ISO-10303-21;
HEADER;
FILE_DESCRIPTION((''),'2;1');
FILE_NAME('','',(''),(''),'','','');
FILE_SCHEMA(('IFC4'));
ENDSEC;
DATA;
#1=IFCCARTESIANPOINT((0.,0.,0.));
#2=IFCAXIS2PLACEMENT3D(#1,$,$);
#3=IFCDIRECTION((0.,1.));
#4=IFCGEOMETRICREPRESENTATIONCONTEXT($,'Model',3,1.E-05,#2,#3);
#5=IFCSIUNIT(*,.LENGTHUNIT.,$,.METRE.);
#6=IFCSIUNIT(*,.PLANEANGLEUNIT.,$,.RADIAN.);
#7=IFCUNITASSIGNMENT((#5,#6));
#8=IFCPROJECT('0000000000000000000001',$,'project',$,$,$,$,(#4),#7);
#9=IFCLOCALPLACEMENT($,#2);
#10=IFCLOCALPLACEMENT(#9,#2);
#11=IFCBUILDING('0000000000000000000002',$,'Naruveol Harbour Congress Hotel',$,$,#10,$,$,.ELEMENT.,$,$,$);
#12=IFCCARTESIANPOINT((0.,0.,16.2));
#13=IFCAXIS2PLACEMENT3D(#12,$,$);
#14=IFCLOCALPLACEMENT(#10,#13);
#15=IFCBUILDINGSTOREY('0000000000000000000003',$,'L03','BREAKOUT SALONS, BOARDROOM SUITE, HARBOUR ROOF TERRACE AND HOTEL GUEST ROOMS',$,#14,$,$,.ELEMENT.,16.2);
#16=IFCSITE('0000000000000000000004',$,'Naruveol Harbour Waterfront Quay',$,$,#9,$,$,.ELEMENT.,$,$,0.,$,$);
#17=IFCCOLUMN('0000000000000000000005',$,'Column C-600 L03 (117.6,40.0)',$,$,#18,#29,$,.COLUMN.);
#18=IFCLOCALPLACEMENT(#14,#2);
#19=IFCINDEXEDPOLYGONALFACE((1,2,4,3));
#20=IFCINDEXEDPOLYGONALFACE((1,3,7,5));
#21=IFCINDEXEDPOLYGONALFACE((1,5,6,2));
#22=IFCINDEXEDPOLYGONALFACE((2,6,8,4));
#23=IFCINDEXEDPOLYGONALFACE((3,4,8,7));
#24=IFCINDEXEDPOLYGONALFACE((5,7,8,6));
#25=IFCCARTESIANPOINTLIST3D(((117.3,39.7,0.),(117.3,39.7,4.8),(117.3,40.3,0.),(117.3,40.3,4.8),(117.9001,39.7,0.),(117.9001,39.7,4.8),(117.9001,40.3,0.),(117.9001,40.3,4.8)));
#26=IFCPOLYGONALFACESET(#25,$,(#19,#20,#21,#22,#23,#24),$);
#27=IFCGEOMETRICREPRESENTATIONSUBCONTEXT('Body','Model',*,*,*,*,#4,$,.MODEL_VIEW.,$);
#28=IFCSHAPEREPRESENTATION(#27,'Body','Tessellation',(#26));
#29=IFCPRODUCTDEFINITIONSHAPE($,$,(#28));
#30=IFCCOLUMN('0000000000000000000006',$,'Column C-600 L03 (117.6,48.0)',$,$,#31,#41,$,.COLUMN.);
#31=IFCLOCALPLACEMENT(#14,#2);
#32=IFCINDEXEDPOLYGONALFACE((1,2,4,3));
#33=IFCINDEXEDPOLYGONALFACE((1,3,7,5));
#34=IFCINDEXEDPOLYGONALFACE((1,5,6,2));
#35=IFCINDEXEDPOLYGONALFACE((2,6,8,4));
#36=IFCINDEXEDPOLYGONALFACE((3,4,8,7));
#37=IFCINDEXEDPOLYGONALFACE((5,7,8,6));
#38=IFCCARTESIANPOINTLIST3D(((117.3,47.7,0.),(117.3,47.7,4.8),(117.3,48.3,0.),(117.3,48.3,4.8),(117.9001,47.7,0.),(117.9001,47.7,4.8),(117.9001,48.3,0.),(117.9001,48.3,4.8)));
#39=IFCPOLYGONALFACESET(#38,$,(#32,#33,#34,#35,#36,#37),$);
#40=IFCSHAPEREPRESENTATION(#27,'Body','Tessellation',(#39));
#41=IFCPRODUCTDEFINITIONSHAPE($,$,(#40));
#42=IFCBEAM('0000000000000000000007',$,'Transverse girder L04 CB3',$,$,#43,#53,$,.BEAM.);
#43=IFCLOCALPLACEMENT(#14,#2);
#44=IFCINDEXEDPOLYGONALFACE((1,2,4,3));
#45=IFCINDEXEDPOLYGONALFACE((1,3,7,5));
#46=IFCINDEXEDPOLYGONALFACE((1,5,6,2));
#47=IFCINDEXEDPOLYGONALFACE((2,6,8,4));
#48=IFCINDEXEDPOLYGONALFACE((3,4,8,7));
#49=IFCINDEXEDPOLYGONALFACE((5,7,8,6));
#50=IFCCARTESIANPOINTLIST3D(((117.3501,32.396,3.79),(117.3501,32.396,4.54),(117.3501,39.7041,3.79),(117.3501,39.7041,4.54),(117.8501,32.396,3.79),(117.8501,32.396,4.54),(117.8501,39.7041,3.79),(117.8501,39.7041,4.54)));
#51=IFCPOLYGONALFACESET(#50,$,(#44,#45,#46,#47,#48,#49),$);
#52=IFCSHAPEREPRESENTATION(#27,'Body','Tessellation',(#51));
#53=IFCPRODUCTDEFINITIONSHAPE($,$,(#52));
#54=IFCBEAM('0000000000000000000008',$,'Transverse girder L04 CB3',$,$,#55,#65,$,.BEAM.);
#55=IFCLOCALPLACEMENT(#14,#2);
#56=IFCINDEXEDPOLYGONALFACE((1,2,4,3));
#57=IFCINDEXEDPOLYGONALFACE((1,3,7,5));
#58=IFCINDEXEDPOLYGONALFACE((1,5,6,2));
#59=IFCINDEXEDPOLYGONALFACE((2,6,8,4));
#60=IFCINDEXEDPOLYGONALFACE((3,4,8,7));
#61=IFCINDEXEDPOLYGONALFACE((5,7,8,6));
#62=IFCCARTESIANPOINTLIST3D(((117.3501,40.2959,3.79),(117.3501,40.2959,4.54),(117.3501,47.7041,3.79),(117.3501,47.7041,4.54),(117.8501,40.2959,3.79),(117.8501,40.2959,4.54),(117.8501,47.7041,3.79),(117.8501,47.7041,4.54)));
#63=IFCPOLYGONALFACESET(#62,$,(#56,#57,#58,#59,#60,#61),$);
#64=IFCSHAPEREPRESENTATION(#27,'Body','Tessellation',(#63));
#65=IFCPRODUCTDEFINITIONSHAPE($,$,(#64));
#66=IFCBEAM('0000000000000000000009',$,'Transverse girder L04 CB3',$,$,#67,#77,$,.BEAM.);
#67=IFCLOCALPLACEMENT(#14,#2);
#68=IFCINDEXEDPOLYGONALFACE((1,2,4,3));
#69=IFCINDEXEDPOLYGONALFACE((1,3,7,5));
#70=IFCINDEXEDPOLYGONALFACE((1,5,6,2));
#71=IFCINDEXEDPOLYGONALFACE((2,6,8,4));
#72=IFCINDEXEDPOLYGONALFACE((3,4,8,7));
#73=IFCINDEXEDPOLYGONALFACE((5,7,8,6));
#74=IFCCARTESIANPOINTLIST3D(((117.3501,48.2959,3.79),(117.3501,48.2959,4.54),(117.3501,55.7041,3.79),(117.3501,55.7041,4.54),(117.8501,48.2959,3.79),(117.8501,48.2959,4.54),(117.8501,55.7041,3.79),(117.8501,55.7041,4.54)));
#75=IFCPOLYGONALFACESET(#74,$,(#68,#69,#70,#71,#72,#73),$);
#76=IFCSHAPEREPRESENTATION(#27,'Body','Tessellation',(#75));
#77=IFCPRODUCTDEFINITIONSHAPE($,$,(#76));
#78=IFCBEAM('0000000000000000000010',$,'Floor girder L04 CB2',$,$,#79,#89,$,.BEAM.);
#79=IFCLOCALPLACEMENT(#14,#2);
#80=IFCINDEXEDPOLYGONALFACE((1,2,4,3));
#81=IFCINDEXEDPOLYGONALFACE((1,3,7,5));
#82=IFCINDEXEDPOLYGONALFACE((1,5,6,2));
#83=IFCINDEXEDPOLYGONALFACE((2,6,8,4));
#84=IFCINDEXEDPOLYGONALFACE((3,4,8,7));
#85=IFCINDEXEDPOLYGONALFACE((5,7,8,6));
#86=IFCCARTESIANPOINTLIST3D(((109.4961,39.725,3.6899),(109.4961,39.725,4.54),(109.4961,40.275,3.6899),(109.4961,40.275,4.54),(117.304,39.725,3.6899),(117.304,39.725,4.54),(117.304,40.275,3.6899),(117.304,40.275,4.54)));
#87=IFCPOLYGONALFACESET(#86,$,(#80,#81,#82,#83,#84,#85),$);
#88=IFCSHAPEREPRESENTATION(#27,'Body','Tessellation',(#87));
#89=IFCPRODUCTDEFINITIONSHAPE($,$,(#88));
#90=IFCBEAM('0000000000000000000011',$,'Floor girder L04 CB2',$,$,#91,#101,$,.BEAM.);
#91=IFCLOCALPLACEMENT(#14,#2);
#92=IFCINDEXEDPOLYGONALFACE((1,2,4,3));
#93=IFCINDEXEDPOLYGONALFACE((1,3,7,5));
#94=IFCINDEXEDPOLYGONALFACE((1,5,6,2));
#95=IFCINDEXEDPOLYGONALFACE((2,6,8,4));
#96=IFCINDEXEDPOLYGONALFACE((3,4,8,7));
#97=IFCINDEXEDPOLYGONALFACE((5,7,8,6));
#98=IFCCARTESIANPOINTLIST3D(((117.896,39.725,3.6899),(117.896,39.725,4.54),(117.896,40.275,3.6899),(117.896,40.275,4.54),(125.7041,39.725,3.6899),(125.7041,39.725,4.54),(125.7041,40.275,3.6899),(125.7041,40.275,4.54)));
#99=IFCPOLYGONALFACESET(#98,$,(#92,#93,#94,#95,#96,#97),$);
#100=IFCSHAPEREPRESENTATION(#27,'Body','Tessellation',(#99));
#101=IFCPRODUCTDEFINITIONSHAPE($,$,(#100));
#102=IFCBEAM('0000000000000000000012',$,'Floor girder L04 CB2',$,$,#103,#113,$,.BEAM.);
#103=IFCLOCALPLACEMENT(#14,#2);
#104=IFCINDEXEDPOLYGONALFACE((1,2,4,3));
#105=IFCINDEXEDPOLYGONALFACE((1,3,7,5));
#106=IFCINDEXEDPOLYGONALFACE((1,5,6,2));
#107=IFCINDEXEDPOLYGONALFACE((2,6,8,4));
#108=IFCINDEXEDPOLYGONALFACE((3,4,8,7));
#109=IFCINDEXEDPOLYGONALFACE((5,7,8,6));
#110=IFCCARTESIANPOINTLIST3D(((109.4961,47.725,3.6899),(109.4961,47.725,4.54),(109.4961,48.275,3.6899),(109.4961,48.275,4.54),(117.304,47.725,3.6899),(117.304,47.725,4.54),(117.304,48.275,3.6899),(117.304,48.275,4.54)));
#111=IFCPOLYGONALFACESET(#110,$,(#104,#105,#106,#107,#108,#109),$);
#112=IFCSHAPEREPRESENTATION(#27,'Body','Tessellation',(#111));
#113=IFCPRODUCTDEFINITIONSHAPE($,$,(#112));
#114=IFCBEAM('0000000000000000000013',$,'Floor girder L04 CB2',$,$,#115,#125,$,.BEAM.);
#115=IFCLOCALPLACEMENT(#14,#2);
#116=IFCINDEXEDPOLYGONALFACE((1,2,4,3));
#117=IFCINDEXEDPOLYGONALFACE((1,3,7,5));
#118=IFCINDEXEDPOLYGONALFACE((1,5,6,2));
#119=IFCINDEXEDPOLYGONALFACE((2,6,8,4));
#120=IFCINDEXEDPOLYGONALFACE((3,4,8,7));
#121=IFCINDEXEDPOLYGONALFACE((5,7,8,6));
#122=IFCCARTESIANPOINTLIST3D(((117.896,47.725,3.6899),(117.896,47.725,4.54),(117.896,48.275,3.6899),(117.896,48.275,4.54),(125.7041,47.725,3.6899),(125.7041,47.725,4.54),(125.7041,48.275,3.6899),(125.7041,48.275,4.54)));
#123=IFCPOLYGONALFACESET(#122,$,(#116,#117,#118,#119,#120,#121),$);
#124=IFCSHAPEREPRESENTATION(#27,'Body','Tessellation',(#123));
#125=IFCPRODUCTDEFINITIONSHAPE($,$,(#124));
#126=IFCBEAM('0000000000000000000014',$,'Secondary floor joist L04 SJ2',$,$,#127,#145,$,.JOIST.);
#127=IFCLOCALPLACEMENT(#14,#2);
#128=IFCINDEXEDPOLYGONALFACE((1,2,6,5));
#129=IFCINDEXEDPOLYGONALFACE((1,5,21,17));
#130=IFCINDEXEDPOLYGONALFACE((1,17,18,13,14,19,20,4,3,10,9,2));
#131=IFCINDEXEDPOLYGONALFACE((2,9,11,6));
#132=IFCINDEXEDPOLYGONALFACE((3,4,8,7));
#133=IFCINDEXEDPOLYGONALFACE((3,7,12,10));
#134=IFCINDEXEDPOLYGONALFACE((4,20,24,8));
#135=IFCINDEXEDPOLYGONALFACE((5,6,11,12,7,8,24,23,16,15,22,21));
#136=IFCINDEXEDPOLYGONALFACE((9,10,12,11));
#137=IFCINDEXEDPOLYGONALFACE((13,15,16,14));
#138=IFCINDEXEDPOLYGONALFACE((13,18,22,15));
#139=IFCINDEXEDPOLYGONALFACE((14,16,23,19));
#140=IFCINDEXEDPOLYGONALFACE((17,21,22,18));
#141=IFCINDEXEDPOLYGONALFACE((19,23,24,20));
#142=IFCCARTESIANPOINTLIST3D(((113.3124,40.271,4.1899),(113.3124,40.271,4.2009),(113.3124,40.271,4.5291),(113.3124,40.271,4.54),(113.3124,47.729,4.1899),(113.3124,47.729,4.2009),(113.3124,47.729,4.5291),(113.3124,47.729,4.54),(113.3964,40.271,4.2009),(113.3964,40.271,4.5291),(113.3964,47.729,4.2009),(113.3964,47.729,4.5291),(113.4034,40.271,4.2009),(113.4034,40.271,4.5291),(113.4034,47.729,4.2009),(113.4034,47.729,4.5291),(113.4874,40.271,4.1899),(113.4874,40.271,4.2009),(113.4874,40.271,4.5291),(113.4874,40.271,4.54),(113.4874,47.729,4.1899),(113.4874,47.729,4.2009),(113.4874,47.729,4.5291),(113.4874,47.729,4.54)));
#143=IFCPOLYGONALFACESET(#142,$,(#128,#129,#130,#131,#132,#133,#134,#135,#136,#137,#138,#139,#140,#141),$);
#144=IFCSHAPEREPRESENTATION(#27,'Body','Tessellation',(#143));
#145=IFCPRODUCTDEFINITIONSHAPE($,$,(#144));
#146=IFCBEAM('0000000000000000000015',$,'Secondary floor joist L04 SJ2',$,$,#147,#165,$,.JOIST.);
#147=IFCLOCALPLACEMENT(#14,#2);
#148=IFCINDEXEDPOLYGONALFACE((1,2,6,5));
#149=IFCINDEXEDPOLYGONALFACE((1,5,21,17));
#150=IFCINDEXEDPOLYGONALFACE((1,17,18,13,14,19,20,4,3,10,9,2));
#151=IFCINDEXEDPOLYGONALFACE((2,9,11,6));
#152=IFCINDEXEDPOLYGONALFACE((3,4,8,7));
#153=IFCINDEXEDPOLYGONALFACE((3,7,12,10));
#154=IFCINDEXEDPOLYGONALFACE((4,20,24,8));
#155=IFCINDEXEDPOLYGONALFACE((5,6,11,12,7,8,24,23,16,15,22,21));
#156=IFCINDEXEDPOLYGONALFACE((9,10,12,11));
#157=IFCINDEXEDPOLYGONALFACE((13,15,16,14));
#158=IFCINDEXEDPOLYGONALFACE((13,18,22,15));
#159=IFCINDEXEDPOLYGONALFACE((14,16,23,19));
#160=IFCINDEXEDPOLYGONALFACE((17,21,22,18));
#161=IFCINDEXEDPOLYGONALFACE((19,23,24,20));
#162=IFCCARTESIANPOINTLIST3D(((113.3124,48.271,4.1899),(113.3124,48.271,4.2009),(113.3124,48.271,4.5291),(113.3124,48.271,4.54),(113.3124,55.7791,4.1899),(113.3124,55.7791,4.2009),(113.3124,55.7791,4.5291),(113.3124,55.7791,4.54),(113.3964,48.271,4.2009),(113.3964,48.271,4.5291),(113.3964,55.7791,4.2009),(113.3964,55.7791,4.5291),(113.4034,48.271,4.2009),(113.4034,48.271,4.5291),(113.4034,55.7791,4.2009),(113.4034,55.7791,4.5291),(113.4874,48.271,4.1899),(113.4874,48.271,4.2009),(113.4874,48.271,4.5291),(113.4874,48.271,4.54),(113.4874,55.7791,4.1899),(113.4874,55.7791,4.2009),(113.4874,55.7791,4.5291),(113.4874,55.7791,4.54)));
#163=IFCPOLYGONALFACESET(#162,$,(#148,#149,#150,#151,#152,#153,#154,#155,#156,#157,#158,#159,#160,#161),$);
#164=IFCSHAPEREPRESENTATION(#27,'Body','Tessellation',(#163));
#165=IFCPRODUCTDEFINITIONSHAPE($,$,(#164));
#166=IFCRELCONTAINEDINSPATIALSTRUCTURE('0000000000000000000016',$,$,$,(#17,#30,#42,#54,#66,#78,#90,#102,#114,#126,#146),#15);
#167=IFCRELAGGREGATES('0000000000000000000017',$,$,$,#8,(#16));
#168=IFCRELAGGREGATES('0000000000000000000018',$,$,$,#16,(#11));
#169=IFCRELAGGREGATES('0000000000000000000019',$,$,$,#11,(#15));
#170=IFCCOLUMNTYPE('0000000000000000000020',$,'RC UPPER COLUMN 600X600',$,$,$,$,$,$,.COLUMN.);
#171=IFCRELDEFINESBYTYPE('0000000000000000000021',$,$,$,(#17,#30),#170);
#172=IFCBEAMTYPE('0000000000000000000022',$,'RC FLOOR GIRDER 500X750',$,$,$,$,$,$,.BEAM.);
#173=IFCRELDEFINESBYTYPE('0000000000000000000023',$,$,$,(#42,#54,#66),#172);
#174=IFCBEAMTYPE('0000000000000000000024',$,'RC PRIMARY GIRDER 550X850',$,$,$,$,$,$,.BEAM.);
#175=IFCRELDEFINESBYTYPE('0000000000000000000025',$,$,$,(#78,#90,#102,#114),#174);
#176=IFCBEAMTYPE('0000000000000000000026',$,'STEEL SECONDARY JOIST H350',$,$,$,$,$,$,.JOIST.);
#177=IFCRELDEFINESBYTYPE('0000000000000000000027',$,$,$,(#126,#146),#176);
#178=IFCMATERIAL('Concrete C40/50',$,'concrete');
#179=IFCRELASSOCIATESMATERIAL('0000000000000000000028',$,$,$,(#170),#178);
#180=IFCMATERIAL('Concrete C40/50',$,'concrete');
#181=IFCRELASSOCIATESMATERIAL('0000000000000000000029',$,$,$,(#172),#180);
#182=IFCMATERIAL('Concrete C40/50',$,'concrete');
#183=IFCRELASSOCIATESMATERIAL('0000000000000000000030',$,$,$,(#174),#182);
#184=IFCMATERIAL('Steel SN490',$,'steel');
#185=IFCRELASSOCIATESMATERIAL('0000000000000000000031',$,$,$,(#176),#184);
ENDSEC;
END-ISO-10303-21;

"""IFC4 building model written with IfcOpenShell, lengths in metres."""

from ifc_helpers import new_model, si_unit, direction, frame, origin, origin_2d, place, context, subcontext, project, spatial, rectangle, i_section, extrude, material, material_profile, profile_set, type_object, element, save


model = new_model("IFC4")

# Units and contexts
model_context = context("Model", 3, precision=1e-05, world=origin(), true_north=direction((0.0, 1.0)))
body_context = subcontext(model_context, "Body", "Model", "MODEL_VIEW")
ifc_project = project(units=[si_unit("LENGTHUNIT", "METRE"), si_unit("PLANEANGLEUNIT", "RADIAN")], contexts=[model_context])

# Site, building, storey
site_placement = place(None, origin())
site = spatial("IfcSite", under=ifc_project, at=site_placement, Name="Naruveol Harbour Waterfront Quay", CompositionType="ELEMENT", RefElevation=0.0)
building_placement = place(site_placement, origin())
building = spatial("IfcBuilding", under=site, at=building_placement, Name="Naruveol Harbour Congress Hotel", CompositionType="ELEMENT")
storey_placement = place(building_placement, frame((0.0, 0.0, 16.2)))
storey = spatial("IfcBuildingStorey", under=building, at=storey_placement, Name="L03", Description="BREAKOUT SALONS, BOARDROOM SUITE, HARBOUR ROOF TERRACE AND HOTEL GUEST ROOMS", CompositionType="ELEMENT", Elevation=16.2)

# Columns
ifc_material_1 = material(Name="Concrete C40/50", Category="concrete")
ifc_material_profile_1 = material_profile(ifc_material_1, rectangle(XDim=0.6001, YDim=0.6001, at=origin_2d()), Name="RC-600x600")
ifc_profile_set_1 = profile_set([ifc_material_profile_1], Name="Concrete C40/50")
column_type = type_object("IfcColumnType", Name="RC UPPER COLUMN 600X600", PredefinedType="COLUMN", material=ifc_profile_set_1)
for number, where, z_axis, x_axis, name in (
    (1, (117.6001, 40.0, 0.0), (0.0, 0.0, 1.0), (1.0, 0.0, 0.0), "Column C-600 L03 (117.6,40.0)"),
    (2, (117.6001, 48.0, 0.0), (0.0, 0.0, 1.0), (1.0, 0.0, 0.0), "Column C-600 L03 (117.6,48.0)"),
):
    element("IfcColumn", number, at=place(storey_placement, frame(where, z_axis=z_axis, x_axis=x_axis)), inside=storey, type_object=column_type, Name=name, PredefinedType="COLUMN", context=body_context, shape_type="SweptSolid", body=[
        extrude(rectangle(XDim=0.6001, YDim=0.6001, at=origin_2d()), origin(), (0.0, 0.0, 1.0), 4.8),
    ])

# Beams
ifc_material_2 = material(Name="Concrete C40/50", Category="concrete")
ifc_material_profile_2 = material_profile(ifc_material_2, rectangle(XDim=0.5, YDim=0.75, at=origin_2d()), Name="RCB-500x750")
ifc_profile_set_2 = profile_set([ifc_material_profile_2], Name="Concrete C40/50")
beam_type_1 = type_object("IfcBeamType", Name="RC FLOOR GIRDER 500X750", PredefinedType="BEAM", material=ifc_profile_set_2)
beam_1_placement = place(storey_placement, frame((117.6001, 32.396, 4.165), z_axis=(0.0, 1.0, 0.0), x_axis=(-1.0, 0.0, 0.0)))
element("IfcBeam", 3, at=beam_1_placement, inside=storey, type_object=beam_type_1, Name="Transverse girder L04 CB3", PredefinedType="BEAM", context=body_context, shape_type="SweptSolid", body=[
    extrude(rectangle(XDim=0.5, YDim=0.75, at=origin_2d()), origin(), (0.0, 0.0, 1.0), 7.3081),
])
for number, where, z_axis, x_axis, name in (
    (4, (117.6001, 40.2959, 4.165), (0.0, 1.0, 0.0), (-1.0, 0.0, 0.0), "Transverse girder L04 CB3"),
    (5, (117.6001, 48.2959, 4.165), (0.0, 1.0, 0.0), (-1.0, 0.0, 0.0), "Transverse girder L04 CB3"),
):
    element("IfcBeam", number, at=place(storey_placement, frame(where, z_axis=z_axis, x_axis=x_axis)), inside=storey, type_object=beam_type_1, Name=name, PredefinedType="BEAM", context=body_context, shape_type="SweptSolid", body=[
        extrude(rectangle(XDim=0.5, YDim=0.75, at=origin_2d()), origin(), (0.0, 0.0, 1.0), 7.4082),
    ])
ifc_material_3 = material(Name="Concrete C40/50", Category="concrete")
ifc_material_profile_3 = material_profile(ifc_material_3, rectangle(XDim=0.55, YDim=0.8501, at=origin_2d()), Name="RCB-550x850")
ifc_profile_set_3 = profile_set([ifc_material_profile_3], Name="Concrete C40/50")
beam_type_2 = type_object("IfcBeamType", Name="RC PRIMARY GIRDER 550X850", PredefinedType="BEAM", material=ifc_profile_set_3)
beam_2_placement = place(storey_placement, frame((109.4961, 40.0, 4.115), z_axis=(1.0, 0.0, 0.0), x_axis=(0.0, 1.0, 0.0)))
element("IfcBeam", 6, at=beam_2_placement, inside=storey, type_object=beam_type_2, Name="Floor girder L04 CB2", PredefinedType="BEAM", context=body_context, shape_type="SweptSolid", body=[
    extrude(rectangle(XDim=0.55, YDim=0.8501, at=origin_2d()), origin(), (0.0, 0.0, 1.0), 7.8079),
])
beam_3_placement = place(storey_placement, frame((117.896, 40.0, 4.115), z_axis=(1.0, 0.0, 0.0), x_axis=(0.0, 1.0, 0.0)))
element("IfcBeam", 7, at=beam_3_placement, inside=storey, type_object=beam_type_2, Name="Floor girder L04 CB2", PredefinedType="BEAM", context=body_context, shape_type="SweptSolid", body=[
    extrude(rectangle(XDim=0.55, YDim=0.8501, at=origin_2d()), origin(), (0.0, 0.0, 1.0), 7.8081),
])
beam_4_placement = place(storey_placement, frame((109.4961, 48.0, 4.115), z_axis=(1.0, 0.0, 0.0), x_axis=(0.0, 1.0, 0.0)))
element("IfcBeam", 8, at=beam_4_placement, inside=storey, type_object=beam_type_2, Name="Floor girder L04 CB2", PredefinedType="BEAM", context=body_context, shape_type="SweptSolid", body=[
    extrude(rectangle(XDim=0.55, YDim=0.8501, at=origin_2d()), origin(), (0.0, 0.0, 1.0), 7.8079),
])
beam_5_placement = place(storey_placement, frame((117.896, 48.0, 4.115), z_axis=(1.0, 0.0, 0.0), x_axis=(0.0, 1.0, 0.0)))
element("IfcBeam", 9, at=beam_5_placement, inside=storey, type_object=beam_type_2, Name="Floor girder L04 CB2", PredefinedType="BEAM", context=body_context, shape_type="SweptSolid", body=[
    extrude(rectangle(XDim=0.55, YDim=0.8501, at=origin_2d()), origin(), (0.0, 0.0, 1.0), 7.8081),
])
ifc_material_4 = material(Name="Steel SN490", Category="steel")
ifc_material_profile_4 = material_profile(ifc_material_4, i_section(OverallWidth=0.175, OverallDepth=0.3501, WebThickness=0.0071, FlangeThickness=0.011, at=origin_2d()), Name="H-350x175x7x11")
ifc_profile_set_4 = profile_set([ifc_material_profile_4], Name="Steel SN490")
beam_type_3 = type_object("IfcBeamType", Name="STEEL SECONDARY JOIST H350", PredefinedType="JOIST", material=ifc_profile_set_4)
beam_6_placement = place(storey_placement, frame((113.3999, 40.271, 4.365), z_axis=(0.0, 1.0, 0.0), x_axis=(-1.0, 0.0, 0.0)))
element("IfcBeam", 10, at=beam_6_placement, inside=storey, type_object=beam_type_3, Name="Secondary floor joist L04 SJ2", PredefinedType="JOIST", context=body_context, shape_type="SweptSolid", body=[
    extrude(i_section(OverallWidth=0.175, OverallDepth=0.3501, WebThickness=0.0071, FlangeThickness=0.011, at=origin_2d()), origin(), (0.0, 0.0, 1.0), 7.458),
])
beam_7_placement = place(storey_placement, frame((113.3999, 48.271, 4.365), z_axis=(0.0, 1.0, 0.0), x_axis=(-1.0, 0.0, 0.0)))
element("IfcBeam", 11, at=beam_7_placement, inside=storey, type_object=beam_type_3, Name="Secondary floor joist L04 SJ2", PredefinedType="JOIST", context=body_context, shape_type="SweptSolid", body=[
    extrude(i_section(OverallWidth=0.175, OverallDepth=0.3501, WebThickness=0.0071, FlangeThickness=0.011, at=origin_2d()), origin(), (0.0, 0.0, 1.0), 7.5081),
])

save(model, "model.ifc")
